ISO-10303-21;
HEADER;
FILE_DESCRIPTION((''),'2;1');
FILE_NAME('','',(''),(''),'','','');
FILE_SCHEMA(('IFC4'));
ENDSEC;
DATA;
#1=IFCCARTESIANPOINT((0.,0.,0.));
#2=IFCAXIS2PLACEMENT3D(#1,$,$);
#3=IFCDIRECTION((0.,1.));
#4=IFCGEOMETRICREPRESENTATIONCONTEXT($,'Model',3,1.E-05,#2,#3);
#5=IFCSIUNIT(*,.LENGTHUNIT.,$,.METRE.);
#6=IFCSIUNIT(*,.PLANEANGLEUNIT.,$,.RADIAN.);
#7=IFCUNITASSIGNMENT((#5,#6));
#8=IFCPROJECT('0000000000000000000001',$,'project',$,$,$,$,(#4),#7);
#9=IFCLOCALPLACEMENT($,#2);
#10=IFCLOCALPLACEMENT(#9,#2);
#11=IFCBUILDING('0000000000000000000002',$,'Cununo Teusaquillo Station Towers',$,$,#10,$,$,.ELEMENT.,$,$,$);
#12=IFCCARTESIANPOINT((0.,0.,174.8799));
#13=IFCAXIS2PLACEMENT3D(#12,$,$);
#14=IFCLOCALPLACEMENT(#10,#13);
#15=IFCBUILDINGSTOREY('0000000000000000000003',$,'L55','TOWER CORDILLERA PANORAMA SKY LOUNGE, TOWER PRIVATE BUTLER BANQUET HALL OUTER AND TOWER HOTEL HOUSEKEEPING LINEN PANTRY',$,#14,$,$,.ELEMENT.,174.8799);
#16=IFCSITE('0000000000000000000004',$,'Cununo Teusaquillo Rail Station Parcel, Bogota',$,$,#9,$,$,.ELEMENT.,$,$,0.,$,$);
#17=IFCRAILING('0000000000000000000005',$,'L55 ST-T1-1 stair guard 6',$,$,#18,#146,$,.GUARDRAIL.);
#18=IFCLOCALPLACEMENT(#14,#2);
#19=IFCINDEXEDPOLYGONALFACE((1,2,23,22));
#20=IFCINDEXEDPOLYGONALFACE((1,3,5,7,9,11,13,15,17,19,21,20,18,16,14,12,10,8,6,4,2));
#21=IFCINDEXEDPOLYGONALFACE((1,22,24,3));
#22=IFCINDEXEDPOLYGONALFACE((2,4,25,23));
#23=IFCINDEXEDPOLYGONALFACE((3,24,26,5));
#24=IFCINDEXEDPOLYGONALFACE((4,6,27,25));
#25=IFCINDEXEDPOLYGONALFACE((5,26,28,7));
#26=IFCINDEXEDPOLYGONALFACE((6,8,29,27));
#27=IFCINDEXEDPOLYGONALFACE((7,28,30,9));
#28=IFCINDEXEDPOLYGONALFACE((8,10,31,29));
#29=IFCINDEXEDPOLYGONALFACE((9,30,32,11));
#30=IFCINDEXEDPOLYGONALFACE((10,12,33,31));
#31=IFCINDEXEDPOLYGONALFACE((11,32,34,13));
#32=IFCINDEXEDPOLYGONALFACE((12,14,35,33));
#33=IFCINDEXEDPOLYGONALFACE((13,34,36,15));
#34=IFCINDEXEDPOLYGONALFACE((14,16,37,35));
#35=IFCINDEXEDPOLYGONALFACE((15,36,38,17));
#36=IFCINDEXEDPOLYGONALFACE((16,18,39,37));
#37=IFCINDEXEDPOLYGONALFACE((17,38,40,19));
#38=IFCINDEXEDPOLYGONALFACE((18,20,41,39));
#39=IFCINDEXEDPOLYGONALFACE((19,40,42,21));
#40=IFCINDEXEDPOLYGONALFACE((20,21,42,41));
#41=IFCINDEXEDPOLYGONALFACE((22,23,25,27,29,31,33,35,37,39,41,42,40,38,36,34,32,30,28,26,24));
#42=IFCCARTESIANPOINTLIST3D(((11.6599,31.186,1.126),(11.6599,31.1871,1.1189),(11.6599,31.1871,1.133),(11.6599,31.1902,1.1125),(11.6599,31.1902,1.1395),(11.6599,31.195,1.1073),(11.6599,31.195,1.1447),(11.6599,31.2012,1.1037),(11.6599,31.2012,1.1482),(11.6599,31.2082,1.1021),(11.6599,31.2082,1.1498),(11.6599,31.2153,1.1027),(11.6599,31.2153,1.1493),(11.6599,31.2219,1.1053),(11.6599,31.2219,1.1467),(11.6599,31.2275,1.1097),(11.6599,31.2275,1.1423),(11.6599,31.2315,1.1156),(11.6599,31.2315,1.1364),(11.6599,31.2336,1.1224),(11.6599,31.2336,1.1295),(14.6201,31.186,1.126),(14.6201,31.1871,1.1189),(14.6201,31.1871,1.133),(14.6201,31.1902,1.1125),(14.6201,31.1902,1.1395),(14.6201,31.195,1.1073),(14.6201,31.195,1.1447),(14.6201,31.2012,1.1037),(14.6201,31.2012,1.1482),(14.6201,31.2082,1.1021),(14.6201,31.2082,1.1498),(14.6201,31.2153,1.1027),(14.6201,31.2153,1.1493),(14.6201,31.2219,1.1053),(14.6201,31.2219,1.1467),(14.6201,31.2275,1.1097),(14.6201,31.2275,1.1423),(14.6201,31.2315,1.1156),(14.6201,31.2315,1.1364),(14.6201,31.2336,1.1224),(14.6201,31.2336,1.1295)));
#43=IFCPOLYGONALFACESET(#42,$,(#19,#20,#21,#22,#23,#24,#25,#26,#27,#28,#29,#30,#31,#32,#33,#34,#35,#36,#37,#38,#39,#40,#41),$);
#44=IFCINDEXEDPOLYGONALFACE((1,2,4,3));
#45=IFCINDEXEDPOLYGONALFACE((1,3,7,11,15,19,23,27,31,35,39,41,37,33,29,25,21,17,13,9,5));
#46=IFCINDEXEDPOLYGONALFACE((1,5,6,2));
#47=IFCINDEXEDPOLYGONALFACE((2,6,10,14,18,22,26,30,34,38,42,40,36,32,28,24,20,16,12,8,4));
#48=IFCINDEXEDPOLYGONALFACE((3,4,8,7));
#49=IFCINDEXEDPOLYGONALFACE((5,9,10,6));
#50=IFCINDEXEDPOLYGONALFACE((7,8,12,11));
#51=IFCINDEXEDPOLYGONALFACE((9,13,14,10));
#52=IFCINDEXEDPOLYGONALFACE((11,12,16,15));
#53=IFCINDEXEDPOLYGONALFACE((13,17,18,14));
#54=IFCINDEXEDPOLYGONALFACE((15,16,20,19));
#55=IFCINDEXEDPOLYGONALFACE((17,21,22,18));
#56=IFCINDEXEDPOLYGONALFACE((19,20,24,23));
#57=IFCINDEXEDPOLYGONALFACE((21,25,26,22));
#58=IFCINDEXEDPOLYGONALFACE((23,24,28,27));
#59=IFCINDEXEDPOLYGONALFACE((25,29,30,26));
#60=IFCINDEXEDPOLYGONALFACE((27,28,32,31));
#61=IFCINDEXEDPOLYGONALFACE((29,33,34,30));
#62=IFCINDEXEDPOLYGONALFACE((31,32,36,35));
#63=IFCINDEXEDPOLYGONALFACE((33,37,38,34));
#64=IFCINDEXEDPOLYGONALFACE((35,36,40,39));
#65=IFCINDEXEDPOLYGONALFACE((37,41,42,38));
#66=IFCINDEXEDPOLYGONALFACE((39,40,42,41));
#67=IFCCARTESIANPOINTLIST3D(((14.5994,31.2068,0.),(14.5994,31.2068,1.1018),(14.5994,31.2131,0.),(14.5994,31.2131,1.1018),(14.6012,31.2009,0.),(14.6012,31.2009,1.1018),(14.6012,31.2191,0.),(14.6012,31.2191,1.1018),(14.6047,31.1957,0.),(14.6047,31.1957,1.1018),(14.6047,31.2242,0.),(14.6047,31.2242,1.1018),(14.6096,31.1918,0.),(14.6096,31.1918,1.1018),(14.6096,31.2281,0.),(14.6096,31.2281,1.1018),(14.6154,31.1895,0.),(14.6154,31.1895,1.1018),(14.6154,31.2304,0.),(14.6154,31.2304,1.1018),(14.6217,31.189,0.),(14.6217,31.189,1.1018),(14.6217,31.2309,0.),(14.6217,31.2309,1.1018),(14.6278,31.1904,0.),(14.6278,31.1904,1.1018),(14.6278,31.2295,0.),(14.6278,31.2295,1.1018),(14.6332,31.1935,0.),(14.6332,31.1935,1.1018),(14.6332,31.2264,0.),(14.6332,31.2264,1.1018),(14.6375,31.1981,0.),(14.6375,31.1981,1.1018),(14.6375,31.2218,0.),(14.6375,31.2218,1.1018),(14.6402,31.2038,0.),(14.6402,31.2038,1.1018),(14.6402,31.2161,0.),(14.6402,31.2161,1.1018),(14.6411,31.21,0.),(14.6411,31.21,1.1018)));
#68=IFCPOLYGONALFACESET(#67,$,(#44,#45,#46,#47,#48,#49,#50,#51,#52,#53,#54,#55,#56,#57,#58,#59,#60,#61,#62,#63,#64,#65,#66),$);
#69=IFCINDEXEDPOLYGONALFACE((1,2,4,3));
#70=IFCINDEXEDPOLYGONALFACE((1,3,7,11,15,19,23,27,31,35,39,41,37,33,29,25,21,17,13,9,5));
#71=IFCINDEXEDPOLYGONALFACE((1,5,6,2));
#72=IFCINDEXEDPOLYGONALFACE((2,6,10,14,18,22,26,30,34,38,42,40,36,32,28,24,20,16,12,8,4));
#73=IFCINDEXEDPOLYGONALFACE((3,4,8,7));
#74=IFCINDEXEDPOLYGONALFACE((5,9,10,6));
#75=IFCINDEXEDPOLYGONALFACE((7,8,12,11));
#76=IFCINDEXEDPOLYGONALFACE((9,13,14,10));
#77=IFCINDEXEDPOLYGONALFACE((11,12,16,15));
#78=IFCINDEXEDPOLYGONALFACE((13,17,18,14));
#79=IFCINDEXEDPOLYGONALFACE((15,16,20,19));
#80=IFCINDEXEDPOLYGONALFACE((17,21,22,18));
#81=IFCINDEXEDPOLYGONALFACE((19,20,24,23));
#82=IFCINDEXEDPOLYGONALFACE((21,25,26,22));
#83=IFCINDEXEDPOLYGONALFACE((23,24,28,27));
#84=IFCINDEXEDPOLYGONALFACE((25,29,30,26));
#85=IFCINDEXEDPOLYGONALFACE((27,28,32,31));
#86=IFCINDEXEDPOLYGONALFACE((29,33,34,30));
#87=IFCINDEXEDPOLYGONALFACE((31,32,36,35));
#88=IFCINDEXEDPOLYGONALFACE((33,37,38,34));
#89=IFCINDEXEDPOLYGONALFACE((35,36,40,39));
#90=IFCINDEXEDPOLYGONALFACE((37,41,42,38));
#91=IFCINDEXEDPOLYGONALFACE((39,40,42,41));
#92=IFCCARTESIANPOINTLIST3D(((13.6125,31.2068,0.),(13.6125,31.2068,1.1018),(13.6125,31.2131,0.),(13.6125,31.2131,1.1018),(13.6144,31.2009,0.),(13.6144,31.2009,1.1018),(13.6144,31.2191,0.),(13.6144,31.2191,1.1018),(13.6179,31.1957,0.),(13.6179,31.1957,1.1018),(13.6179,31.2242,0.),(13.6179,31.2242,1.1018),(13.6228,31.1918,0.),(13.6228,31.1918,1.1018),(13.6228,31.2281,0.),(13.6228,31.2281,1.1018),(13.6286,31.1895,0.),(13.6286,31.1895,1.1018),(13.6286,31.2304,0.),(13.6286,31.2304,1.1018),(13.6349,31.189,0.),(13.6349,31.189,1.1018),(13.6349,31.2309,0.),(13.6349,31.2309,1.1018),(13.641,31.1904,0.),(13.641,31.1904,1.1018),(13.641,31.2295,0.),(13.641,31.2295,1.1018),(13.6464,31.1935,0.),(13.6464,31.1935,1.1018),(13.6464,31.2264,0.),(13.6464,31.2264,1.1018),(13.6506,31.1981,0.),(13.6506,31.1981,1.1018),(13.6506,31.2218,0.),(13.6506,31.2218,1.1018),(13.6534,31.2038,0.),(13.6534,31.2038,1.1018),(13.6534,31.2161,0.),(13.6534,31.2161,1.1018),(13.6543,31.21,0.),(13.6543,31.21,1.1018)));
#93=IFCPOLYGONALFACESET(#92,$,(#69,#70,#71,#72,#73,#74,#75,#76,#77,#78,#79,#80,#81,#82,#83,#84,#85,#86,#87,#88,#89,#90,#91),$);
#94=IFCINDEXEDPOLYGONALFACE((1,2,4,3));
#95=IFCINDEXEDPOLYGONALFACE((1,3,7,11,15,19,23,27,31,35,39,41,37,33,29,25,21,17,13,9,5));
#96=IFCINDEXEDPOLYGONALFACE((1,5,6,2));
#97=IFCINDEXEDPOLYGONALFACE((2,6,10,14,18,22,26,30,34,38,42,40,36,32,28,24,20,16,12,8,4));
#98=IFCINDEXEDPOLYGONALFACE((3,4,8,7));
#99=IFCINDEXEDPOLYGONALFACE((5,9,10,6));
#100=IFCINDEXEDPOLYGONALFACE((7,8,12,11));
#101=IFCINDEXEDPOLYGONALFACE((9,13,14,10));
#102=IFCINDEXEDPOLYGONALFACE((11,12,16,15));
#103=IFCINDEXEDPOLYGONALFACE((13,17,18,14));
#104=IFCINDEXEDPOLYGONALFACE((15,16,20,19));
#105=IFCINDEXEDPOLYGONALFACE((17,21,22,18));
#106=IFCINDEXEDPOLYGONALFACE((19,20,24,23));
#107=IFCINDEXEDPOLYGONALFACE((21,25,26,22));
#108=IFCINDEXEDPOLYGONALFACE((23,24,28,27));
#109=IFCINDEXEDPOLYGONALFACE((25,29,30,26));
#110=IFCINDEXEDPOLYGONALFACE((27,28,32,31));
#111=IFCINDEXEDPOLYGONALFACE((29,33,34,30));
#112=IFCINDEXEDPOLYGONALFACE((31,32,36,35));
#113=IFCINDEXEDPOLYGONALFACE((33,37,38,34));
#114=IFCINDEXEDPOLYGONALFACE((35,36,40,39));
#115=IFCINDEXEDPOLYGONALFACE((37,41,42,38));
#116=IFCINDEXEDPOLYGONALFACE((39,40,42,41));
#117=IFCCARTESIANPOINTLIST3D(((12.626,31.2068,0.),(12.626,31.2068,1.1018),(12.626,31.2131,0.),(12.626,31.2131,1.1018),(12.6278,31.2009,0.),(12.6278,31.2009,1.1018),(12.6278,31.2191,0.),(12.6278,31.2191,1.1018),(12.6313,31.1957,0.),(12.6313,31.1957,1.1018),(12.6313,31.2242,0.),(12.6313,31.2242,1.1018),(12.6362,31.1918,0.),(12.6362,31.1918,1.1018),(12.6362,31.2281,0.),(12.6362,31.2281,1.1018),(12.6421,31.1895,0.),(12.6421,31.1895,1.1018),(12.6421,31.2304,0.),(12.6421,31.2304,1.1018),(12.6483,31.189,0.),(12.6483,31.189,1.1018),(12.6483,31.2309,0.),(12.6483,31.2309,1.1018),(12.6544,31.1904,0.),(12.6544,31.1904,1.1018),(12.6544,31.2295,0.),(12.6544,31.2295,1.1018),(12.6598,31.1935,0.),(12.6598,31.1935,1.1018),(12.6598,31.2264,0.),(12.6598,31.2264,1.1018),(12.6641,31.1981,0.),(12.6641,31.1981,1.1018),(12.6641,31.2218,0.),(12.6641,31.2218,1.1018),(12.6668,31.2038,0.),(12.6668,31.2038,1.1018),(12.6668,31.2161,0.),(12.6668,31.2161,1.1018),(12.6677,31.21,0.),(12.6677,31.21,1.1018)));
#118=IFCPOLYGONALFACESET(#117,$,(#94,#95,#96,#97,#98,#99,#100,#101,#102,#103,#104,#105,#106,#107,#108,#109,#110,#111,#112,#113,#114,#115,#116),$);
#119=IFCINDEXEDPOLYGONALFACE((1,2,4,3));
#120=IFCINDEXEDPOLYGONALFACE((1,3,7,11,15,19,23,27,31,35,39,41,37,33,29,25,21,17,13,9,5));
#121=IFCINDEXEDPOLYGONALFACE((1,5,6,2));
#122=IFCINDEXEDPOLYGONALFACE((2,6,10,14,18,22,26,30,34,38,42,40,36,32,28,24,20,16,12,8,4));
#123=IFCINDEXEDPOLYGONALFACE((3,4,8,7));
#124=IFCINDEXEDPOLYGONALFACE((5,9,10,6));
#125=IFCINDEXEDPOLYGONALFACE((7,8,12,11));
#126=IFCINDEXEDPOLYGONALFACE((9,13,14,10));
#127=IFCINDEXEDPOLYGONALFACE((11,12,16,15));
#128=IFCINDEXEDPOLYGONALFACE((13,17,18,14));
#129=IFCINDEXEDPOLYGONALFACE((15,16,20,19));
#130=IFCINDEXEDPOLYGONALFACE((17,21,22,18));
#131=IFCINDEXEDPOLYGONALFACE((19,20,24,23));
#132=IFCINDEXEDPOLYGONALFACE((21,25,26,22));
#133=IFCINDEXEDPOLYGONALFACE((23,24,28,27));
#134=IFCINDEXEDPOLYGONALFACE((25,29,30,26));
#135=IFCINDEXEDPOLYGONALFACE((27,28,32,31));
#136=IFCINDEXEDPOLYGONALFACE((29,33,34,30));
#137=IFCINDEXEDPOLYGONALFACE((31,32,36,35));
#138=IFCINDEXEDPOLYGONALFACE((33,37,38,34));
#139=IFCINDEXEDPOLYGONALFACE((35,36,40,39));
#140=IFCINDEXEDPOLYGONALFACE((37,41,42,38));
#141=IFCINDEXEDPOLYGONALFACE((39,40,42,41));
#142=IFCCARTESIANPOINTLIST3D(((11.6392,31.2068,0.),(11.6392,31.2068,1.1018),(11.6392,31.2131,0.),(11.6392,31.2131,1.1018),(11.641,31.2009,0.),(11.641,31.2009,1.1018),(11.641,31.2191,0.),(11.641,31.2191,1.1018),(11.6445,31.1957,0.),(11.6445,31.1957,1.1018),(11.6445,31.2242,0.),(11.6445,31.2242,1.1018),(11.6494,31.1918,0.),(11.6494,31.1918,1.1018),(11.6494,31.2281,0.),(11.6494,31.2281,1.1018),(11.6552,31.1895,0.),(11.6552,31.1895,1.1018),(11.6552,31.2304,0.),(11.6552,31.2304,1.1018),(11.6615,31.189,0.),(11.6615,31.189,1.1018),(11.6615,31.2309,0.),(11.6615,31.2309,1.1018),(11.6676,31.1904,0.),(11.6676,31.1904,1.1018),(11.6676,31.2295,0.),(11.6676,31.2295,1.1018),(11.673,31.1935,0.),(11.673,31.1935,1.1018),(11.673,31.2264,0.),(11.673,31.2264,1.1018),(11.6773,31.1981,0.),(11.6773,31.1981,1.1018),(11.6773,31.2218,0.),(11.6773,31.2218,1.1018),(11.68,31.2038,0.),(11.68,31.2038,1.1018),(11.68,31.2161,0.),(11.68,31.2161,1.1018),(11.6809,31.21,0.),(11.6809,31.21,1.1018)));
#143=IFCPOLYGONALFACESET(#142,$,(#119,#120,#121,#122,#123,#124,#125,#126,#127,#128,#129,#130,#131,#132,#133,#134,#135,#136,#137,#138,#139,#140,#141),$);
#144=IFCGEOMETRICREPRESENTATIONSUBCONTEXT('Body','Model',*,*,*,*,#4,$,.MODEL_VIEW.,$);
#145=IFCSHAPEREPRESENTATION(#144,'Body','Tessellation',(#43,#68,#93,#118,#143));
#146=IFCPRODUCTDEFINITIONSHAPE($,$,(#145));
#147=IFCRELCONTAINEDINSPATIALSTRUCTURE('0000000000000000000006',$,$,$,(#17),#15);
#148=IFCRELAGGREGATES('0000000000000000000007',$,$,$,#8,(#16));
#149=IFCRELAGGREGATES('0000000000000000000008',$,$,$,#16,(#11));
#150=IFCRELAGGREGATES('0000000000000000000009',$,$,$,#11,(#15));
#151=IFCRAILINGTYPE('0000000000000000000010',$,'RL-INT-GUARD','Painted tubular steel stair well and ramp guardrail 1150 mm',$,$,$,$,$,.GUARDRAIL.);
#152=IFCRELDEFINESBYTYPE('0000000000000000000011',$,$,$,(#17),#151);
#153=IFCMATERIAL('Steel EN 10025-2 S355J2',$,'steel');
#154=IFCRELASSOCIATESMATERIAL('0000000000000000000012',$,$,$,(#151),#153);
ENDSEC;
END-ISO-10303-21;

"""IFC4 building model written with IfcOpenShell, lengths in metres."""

from ifc_helpers import new_model, si_unit, direction, frame, origin, origin_2d, place, context, subcontext, project, spatial, circle, extrude, material, type_object, element, save


model = new_model("IFC4")

# Units and contexts
model_context = context("Model", 3, precision=1e-05, world=origin(), true_north=direction((0.0, 1.0)))
body_context = subcontext(model_context, "Body", "Model", "MODEL_VIEW")
ifc_project = project(units=[si_unit("LENGTHUNIT", "METRE"), si_unit("PLANEANGLEUNIT", "RADIAN")], contexts=[model_context])

# Site, building, storey
site_placement = place(None, origin())
site = spatial("IfcSite", under=ifc_project, at=site_placement, Name="Cununo Teusaquillo Rail Station Parcel, Bogota", CompositionType="ELEMENT", RefElevation=0.0)
building_placement = place(site_placement, origin())
building = spatial("IfcBuilding", under=site, at=building_placement, Name="Cununo Teusaquillo Station Towers", CompositionType="ELEMENT")
storey_placement = place(building_placement, frame((0.0, 0.0, 174.8799)))
storey = spatial("IfcBuildingStorey", under=building, at=storey_placement, Name="L55", Description="TOWER CORDILLERA PANORAMA SKY LOUNGE, TOWER PRIVATE BUTLER BANQUET HALL OUTER AND TOWER HOTEL HOUSEKEEPING LINEN PANTRY", CompositionType="ELEMENT", Elevation=174.8799)

# Railing
ifc_material_1 = material(Name="Steel EN 10025-2 S355J2", Category="steel")
railing_type_1 = type_object("IfcRailingType", Name="RL-INT-GUARD", Description="Painted tubular steel stair well and ramp guardrail 1150 mm", PredefinedType="GUARDRAIL", material=ifc_material_1)
railing_1_placement = place(storey_placement, frame((14.6201, 31.21, 0.0)))
element("IfcRailing", 1, at=railing_1_placement, inside=storey, type_object=railing_type_1, Name="L55 ST-T1-1 stair guard 6", PredefinedType="GUARDRAIL", context=body_context, shape_type="SweptSolid", body=[
    extrude(circle(Radius=0.0239, at=origin_2d()), frame((0.0, 0.0, 1.126), z_axis=(-1.0, 0.0, 0.0), x_axis=(0.0, -1.0, 0.0)), (0.0, 0.0, 1.0), 2.9602),
    extrude(circle(Radius=0.021, at=origin_2d()), origin(), (0.0, 0.0, 1.0), 1.1018),
    extrude(circle(Radius=0.021, at=origin_2d()), frame((-0.9868, 0.0, 0.0)), (0.0, 0.0, 1.0), 1.1018),
    extrude(circle(Radius=0.021, at=origin_2d()), frame((-1.9734, 0.0, 0.0)), (0.0, 0.0, 1.0), 1.1018),
    extrude(circle(Radius=0.021, at=origin_2d()), frame((-2.9602, 0.0, 0.0)), (0.0, 0.0, 1.0), 1.1018),
])

save(model, "model.ifc")
